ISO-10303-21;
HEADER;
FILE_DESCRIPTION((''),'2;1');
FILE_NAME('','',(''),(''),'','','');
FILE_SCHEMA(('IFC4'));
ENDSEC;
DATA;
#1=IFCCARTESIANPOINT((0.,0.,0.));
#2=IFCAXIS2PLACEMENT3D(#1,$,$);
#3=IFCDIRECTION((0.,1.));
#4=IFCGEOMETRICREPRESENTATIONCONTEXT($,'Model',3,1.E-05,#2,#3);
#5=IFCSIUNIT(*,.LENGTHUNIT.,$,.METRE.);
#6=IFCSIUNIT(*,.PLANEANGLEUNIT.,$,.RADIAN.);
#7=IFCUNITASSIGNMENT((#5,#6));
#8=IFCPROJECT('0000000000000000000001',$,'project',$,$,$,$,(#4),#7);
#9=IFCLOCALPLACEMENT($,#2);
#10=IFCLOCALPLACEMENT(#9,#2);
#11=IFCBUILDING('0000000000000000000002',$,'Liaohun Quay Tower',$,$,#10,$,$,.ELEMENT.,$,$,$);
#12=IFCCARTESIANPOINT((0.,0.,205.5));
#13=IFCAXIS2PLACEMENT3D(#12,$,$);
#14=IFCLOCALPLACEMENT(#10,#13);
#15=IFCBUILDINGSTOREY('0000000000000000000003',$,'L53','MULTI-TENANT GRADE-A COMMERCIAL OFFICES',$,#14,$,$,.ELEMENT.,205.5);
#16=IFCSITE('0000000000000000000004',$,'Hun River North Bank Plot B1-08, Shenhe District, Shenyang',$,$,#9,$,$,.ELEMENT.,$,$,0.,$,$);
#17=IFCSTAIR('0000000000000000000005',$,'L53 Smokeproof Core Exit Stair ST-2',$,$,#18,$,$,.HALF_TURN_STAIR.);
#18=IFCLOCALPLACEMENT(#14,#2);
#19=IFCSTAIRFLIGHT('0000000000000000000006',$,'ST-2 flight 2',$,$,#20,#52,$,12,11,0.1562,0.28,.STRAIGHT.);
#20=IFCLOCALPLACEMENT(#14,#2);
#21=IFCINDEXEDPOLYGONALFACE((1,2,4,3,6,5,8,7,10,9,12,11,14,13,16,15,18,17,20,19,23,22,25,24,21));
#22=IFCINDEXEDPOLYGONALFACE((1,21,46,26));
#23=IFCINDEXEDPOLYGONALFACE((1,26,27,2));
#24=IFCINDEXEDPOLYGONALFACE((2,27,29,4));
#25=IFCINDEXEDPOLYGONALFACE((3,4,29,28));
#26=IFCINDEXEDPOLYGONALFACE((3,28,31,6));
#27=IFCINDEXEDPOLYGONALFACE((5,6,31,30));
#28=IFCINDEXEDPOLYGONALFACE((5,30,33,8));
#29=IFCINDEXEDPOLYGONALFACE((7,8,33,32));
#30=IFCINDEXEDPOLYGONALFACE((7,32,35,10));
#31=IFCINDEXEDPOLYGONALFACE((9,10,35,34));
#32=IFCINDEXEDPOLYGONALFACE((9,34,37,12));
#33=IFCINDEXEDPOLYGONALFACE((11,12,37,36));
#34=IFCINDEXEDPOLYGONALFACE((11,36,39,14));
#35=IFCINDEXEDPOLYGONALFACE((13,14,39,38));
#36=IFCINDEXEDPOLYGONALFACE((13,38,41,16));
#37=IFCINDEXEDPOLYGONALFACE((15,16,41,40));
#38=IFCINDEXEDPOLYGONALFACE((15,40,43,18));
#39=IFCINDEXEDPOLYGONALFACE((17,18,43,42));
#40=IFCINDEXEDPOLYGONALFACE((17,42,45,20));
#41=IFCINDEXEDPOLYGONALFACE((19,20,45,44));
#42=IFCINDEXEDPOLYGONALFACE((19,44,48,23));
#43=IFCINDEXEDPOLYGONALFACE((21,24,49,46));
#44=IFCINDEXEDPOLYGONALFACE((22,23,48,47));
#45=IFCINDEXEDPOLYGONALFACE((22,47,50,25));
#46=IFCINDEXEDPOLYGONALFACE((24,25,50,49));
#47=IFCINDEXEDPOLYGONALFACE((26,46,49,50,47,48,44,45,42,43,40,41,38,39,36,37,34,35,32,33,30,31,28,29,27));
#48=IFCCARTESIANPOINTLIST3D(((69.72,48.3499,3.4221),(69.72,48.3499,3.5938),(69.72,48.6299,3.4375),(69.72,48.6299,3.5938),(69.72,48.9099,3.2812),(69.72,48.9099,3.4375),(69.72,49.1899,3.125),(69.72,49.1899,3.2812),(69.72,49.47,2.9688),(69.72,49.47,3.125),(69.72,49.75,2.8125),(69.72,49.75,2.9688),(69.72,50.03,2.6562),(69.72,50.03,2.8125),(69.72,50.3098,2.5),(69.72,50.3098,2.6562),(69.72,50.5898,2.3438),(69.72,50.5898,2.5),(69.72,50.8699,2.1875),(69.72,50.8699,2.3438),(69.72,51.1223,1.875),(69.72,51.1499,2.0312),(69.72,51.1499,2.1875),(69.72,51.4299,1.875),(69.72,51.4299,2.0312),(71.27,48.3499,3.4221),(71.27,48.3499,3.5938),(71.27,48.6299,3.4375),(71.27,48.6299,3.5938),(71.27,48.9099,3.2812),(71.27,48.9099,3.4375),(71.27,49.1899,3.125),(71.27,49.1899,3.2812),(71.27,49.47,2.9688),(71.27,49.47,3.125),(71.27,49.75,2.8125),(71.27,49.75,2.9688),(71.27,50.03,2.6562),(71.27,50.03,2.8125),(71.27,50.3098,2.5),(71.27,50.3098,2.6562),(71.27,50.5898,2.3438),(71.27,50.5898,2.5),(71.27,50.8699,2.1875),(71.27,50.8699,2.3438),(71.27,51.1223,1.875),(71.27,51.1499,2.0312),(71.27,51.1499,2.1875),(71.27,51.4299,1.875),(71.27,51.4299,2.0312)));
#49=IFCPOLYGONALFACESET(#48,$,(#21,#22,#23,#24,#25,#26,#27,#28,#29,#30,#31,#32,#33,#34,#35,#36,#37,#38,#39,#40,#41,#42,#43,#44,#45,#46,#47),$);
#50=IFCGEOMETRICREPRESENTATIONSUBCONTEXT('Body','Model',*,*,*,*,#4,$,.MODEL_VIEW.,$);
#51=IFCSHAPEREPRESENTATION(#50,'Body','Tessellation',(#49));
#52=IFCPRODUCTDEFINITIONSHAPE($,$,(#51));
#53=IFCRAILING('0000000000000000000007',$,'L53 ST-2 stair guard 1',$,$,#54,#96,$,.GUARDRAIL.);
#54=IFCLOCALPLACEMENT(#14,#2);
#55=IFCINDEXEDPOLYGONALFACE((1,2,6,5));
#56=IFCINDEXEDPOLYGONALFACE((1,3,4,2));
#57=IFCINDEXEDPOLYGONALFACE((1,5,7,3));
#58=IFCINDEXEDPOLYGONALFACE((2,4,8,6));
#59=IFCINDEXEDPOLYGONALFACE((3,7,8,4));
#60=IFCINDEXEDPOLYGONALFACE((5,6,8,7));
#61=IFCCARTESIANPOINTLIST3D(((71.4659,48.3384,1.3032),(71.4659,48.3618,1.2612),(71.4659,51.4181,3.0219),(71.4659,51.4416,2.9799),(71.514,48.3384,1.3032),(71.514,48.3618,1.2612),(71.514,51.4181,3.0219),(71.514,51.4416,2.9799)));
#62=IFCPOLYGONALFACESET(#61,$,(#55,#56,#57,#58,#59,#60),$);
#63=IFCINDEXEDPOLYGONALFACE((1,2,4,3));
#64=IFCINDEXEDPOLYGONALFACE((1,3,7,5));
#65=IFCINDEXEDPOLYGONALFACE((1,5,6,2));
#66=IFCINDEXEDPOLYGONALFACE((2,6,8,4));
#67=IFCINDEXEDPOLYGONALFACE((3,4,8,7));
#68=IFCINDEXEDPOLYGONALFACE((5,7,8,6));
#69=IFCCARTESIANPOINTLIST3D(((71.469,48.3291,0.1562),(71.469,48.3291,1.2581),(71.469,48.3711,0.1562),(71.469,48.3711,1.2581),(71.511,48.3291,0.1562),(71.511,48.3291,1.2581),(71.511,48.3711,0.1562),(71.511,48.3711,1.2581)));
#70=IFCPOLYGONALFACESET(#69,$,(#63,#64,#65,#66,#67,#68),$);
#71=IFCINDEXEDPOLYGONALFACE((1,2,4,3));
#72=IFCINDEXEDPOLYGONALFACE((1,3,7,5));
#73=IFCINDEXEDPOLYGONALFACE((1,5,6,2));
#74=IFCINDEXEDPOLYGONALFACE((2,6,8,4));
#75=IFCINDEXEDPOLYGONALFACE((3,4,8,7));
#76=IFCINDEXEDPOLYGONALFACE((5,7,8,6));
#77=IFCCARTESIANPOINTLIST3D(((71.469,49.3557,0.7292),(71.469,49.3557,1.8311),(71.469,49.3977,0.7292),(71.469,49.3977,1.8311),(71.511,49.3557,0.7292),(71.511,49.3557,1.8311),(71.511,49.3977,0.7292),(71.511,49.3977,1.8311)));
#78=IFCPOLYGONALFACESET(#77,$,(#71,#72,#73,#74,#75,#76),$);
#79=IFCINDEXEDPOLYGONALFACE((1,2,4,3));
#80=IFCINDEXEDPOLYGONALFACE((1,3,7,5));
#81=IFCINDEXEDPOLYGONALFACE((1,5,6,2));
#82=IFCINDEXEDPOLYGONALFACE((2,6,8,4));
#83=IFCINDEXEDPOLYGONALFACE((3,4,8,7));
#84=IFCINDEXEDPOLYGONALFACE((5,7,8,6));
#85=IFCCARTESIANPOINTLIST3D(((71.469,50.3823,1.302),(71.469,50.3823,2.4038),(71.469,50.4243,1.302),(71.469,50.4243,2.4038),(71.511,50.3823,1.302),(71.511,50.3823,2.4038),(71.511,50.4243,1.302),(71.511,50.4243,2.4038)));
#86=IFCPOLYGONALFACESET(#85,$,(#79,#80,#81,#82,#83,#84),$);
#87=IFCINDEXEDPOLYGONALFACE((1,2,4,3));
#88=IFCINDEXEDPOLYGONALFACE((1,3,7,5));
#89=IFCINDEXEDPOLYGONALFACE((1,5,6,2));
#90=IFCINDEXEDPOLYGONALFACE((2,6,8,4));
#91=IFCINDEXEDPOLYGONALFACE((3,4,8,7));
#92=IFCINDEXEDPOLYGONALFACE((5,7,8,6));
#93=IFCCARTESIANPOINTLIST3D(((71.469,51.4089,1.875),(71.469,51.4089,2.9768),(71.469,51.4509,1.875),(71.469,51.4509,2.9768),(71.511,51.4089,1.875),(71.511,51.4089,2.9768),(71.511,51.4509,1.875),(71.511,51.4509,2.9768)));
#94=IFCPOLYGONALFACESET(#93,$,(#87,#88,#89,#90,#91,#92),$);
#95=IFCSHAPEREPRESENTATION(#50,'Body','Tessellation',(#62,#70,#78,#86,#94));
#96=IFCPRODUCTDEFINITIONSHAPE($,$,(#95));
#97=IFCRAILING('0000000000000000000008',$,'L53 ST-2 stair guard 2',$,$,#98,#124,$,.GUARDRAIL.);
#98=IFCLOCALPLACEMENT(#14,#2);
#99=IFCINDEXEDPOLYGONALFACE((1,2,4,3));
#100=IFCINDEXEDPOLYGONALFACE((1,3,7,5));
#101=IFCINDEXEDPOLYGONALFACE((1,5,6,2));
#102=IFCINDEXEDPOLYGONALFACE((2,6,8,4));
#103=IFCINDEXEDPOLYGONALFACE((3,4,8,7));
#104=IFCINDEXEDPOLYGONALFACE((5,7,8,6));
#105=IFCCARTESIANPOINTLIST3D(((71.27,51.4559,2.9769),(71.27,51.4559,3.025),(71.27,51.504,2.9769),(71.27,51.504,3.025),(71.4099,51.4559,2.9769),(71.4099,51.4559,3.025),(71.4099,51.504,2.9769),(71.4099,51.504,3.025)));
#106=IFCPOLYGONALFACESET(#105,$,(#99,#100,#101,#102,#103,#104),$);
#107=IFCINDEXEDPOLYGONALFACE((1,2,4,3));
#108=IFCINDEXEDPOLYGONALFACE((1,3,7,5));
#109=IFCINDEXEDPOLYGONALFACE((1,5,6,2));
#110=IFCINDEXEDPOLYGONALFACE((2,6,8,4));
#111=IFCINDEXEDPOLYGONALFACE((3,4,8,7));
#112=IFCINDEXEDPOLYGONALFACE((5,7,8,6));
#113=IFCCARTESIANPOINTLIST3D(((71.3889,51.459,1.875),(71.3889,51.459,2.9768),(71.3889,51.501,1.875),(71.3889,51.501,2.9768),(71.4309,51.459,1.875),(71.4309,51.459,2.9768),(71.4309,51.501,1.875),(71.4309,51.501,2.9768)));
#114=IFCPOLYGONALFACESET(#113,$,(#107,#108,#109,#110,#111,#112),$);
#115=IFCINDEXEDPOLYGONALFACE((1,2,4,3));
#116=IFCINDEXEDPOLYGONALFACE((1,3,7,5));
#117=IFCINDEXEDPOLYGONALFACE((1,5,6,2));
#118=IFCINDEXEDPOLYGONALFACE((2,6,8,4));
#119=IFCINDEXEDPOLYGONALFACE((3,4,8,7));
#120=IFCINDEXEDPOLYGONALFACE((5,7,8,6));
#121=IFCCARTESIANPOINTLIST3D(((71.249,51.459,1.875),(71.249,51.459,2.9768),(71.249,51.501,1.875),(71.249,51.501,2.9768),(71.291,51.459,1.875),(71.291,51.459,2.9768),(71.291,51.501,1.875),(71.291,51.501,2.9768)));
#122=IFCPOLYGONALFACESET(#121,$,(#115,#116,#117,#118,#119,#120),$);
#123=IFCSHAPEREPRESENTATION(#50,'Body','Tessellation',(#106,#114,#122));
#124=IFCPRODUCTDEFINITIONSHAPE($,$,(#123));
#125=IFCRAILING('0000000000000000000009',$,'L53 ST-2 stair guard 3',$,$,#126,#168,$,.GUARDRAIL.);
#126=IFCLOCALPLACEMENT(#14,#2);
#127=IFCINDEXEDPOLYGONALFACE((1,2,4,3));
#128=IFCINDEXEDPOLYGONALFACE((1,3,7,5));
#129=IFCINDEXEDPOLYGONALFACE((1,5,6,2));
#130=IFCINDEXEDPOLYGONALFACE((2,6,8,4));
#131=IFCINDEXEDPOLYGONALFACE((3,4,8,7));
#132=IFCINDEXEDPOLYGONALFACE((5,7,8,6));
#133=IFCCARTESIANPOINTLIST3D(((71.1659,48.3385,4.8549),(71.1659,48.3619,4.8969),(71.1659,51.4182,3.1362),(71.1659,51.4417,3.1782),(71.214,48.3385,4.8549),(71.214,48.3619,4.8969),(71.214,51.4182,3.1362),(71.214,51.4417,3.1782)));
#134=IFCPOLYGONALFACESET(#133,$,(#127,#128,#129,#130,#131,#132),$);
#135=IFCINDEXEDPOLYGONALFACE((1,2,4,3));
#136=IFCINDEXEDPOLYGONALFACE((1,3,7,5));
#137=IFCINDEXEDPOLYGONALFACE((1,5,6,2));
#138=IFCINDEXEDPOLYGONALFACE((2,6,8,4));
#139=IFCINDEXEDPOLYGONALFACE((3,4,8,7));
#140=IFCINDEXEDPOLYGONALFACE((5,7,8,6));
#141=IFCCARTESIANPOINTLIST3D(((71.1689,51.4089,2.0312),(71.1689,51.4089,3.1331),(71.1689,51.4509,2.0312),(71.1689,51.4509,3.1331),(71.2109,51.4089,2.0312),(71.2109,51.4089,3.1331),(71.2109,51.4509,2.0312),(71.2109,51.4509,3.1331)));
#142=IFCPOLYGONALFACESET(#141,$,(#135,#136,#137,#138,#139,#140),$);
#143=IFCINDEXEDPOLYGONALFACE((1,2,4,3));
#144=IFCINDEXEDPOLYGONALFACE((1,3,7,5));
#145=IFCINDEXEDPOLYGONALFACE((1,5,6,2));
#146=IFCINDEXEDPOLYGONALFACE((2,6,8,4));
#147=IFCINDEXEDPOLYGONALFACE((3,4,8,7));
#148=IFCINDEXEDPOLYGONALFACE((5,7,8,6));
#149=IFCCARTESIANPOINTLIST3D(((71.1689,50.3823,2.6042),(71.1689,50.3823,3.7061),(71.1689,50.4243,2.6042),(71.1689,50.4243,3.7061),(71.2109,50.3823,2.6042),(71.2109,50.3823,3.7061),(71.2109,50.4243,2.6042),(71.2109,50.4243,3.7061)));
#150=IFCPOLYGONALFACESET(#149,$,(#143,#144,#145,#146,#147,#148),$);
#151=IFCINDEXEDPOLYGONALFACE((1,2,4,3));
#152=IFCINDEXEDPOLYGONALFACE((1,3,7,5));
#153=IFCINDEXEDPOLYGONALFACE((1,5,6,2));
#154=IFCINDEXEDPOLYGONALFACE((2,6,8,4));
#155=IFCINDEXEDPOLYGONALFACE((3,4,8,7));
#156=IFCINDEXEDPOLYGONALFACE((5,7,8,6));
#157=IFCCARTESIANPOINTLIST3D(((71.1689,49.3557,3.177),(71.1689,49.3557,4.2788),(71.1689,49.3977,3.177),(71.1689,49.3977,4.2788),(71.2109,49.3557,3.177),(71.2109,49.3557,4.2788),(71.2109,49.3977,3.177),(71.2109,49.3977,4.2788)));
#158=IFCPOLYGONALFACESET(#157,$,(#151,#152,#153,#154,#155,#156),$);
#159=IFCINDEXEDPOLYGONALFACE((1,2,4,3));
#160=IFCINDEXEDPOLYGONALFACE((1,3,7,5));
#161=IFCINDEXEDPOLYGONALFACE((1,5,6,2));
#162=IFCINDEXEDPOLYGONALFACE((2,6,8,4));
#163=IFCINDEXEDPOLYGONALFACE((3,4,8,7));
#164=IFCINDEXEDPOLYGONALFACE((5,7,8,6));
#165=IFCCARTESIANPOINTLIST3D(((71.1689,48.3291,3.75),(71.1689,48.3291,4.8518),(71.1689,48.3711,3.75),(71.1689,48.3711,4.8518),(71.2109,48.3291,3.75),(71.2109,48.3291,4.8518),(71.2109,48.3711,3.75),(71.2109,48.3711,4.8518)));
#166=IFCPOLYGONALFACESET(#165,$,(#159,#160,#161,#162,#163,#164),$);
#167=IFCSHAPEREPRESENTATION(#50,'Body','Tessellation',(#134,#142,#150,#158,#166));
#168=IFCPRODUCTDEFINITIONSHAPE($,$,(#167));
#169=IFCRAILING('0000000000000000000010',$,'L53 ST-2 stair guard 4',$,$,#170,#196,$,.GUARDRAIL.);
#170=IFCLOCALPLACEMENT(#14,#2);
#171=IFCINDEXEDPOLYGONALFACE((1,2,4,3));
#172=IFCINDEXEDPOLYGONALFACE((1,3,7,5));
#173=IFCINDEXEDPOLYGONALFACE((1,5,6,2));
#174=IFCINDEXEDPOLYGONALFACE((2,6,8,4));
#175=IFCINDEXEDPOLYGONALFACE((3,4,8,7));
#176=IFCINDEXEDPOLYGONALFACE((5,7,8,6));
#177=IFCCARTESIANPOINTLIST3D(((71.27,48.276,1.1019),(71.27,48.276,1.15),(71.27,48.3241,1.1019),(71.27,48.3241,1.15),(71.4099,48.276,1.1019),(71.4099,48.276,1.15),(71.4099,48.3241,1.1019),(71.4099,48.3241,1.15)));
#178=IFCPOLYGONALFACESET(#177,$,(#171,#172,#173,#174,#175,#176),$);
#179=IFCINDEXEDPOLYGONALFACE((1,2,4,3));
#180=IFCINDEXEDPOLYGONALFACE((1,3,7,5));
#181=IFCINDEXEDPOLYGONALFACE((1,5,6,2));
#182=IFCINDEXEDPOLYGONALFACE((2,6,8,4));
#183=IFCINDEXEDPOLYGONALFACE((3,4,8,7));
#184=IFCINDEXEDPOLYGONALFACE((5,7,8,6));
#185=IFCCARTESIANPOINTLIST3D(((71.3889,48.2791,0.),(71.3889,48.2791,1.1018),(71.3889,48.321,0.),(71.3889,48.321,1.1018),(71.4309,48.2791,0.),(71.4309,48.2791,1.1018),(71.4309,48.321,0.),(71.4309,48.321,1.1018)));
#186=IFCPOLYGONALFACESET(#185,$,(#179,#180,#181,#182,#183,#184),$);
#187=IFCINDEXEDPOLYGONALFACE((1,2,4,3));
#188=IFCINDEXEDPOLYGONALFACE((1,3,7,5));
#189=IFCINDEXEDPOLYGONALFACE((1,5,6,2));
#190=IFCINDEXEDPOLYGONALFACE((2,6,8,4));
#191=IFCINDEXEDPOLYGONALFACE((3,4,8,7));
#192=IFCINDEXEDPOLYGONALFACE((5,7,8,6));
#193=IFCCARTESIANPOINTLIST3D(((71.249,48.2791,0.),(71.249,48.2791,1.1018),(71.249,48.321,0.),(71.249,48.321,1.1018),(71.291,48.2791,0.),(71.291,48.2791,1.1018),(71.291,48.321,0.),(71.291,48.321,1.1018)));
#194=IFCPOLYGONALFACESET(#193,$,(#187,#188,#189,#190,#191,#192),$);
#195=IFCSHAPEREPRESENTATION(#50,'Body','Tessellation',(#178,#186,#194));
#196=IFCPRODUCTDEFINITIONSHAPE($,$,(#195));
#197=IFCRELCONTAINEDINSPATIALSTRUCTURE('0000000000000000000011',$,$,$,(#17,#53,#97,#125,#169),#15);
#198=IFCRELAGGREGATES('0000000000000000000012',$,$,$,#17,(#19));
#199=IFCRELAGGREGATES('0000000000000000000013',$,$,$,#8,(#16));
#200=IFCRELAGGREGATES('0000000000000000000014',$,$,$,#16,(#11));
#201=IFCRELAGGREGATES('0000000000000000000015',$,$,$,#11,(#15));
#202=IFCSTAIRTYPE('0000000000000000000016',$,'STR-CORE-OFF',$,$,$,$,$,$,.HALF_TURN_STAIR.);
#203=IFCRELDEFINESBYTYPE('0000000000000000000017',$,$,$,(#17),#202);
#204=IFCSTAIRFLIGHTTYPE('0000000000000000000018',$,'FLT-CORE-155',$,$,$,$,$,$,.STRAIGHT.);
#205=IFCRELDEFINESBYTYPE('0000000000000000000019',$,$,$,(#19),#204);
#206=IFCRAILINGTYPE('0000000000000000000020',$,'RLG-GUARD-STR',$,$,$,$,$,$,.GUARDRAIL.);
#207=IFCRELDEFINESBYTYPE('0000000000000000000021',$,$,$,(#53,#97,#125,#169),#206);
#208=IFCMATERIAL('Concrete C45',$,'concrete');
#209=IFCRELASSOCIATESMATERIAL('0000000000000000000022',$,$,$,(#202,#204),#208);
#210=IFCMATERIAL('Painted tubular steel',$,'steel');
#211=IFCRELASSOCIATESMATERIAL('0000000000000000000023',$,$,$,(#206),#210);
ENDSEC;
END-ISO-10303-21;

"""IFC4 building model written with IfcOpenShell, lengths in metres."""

from ifc_helpers import new_model, si_unit, direction, frame, origin, origin_2d, place, context, subcontext, project, spatial, polyline, rectangle, outline, extrude, material, type_object, element, aggregate, save


model = new_model("IFC4")

# Units and contexts
model_context = context("Model", 3, precision=1e-05, world=origin(), true_north=direction((0.0, 1.0)))
body_context = subcontext(model_context, "Body", "Model", "MODEL_VIEW")
ifc_project = project(units=[si_unit("LENGTHUNIT", "METRE"), si_unit("PLANEANGLEUNIT", "RADIAN")], contexts=[model_context])

# Site, building, storey
site_placement = place(None, origin())
site = spatial("IfcSite", under=ifc_project, at=site_placement, Name="Hun River North Bank Plot B1-08, Shenhe District, Shenyang", CompositionType="ELEMENT", RefElevation=0.0)
building_placement = place(site_placement, origin())
building = spatial("IfcBuilding", under=site, at=building_placement, Name="Liaohun Quay Tower", CompositionType="ELEMENT")
storey_placement = place(building_placement, frame((0.0, 0.0, 205.5)))
storey = spatial("IfcBuildingStorey", under=building, at=storey_placement, Name="L53", Description="MULTI-TENANT GRADE-A COMMERCIAL OFFICES", CompositionType="ELEMENT", Elevation=205.5)

# Stair, stair flight
ifc_material_1 = material(Name="Concrete C45", Category="concrete")
stair_type = type_object("IfcStairType", Name="STR-CORE-OFF", PredefinedType="HALF_TURN_STAIR", material=ifc_material_1)
stair_placement = place(storey_placement, origin())
stair = element("IfcStair", 1, at=stair_placement, inside=storey, type_object=stair_type, Name="L53 Smokeproof Core Exit Stair ST-2", PredefinedType="HALF_TURN_STAIR")
stair_flight_type = type_object("IfcStairFlightType", Name="FLT-CORE-155", PredefinedType="STRAIGHT", material=ifc_material_1)
stair_flight_1_placement = place(storey_placement, frame((70.4951, 51.4299, 1.875), z_axis=(0.0, 0.0, 1.0), x_axis=(0.0, -1.0, 0.0)))
stair_flight_1 = element("IfcStairFlight", 2, at=stair_flight_1_placement, type_object=stair_flight_type, Name="ST-2 flight 2", NumberOfRisers=12, NumberOfTreads=11, PredefinedType="STRAIGHT", RiserHeight=0.1562, TreadLength=0.28, context=body_context, shape_type="SweptSolid", body=[
    extrude(outline(polyline([(0.0, 0.0), (0.0, 0.1562), (0.28, 0.1562), (0.28, 0.3125), (0.5601, 0.3125), (0.5601, 0.4688), (0.8401, 0.4688), (0.8401, 0.625), (1.1201, 0.625), (1.1201, 0.7812), (1.3999, 0.7812), (1.3999, 0.9375), (1.6799, 0.9375), (1.6799, 1.0938), (1.96, 1.0938), (1.96, 1.25), (2.24, 1.25), (2.24, 1.4062), (2.52, 1.4062), (2.52, 1.5625), (2.8, 1.5625), (2.8, 1.7188), (3.0801, 1.7188), (3.0801, 1.875), (3.0801, 1.5471), (0.3076, 0.0), (0.0, 0.0)])), frame((0.0, 0.7749, 0.0), z_axis=(0.0, -1.0, 0.0), x_axis=(1.0, 0.0, 0.0)), (0.0, 0.0, 1.0), 1.55),
])
aggregate(stair, [stair_flight_1])

# Railings
ifc_material_2 = material(Name="Painted tubular steel", Category="steel")
railing_type_1 = type_object("IfcRailingType", Name="RLG-GUARD-STR", PredefinedType="GUARDRAIL", material=ifc_material_2)
railing_1_placement = place(storey_placement, frame((71.49, 48.3501, 0.1562)))
element("IfcRailing", 3, at=railing_1_placement, inside=storey, type_object=railing_type_1, Name="L53 ST-2 stair guard 1", PredefinedType="GUARDRAIL", context=body_context, shape_type="SweptSolid", body=[
    extrude(rectangle(XDim=0.0481, YDim=0.0481, at=origin_2d()), frame((0.0, 0.0, 1.126), z_axis=(0.0, 0.873225, 0.487317), x_axis=(-1.0, 0.0, 0.0)), (0.0, 0.0, 1.0), 3.5269),
    extrude(rectangle(XDim=0.042, YDim=0.042, at=origin_2d()), origin(), (0.0, 0.0, 1.0), 1.1018),
    extrude(rectangle(XDim=0.042, YDim=0.042, at=origin_2d()), frame((0.0, 1.0266, 0.573)), (0.0, 0.0, 1.0), 1.1018),
    extrude(rectangle(XDim=0.042, YDim=0.042, at=origin_2d()), frame((0.0, 2.0532, 1.1458)), (0.0, 0.0, 1.0), 1.1018),
    extrude(rectangle(XDim=0.042, YDim=0.042, at=origin_2d()), frame((0.0, 3.0798, 1.7188)), (0.0, 0.0, 1.0), 1.1018),
])
railing_2_placement = place(storey_placement, frame((71.4099, 51.48, 1.875)))
element("IfcRailing", 4, at=railing_2_placement, inside=storey, type_object=railing_type_1, Name="L53 ST-2 stair guard 2", PredefinedType="GUARDRAIL", context=body_context, shape_type="SweptSolid", body=[
    extrude(rectangle(XDim=0.0481, YDim=0.0481, at=origin_2d()), frame((0.0, 0.0, 1.126), z_axis=(-1.0, 0.0, 0.0), x_axis=(0.0, -1.0, 0.0)), (0.0, 0.0, 1.0), 0.1399),
    extrude(rectangle(XDim=0.042, YDim=0.042, at=origin_2d()), origin(), (0.0, 0.0, 1.0), 1.1018),
    extrude(rectangle(XDim=0.042, YDim=0.042, at=origin_2d()), frame((-0.1399, 0.0, 0.0)), (0.0, 0.0, 1.0), 1.1018),
])
railing_3_placement = place(storey_placement, frame((71.1899, 51.4299, 2.0312)))
element("IfcRailing", 5, at=railing_3_placement, inside=storey, type_object=railing_type_1, Name="L53 ST-2 stair guard 3", PredefinedType="GUARDRAIL", context=body_context, shape_type="SweptSolid", body=[
    extrude(rectangle(XDim=0.0481, YDim=0.0481, at=origin_2d()), frame((0.0, 0.0, 1.126), z_axis=(0.0, -0.873225, 0.487317), x_axis=(1.0, 0.0, 0.0)), (0.0, 0.0, 1.0), 3.5269),
    extrude(rectangle(XDim=0.042, YDim=0.042, at=origin_2d()), origin(), (0.0, 0.0, 1.0), 1.1018),
    extrude(rectangle(XDim=0.042, YDim=0.042, at=origin_2d()), frame((0.0, -1.0266, 0.573)), (0.0, 0.0, 1.0), 1.1018),
    extrude(rectangle(XDim=0.042, YDim=0.042, at=origin_2d()), frame((0.0, -2.0532, 1.1458)), (0.0, 0.0, 1.0), 1.1018),
    extrude(rectangle(XDim=0.042, YDim=0.042, at=origin_2d()), frame((0.0, -3.0798, 1.7188)), (0.0, 0.0, 1.0), 1.1018),
])
railing_4_placement = place(storey_placement, frame((71.4099, 48.3, 0.0)))
element("IfcRailing", 6, at=railing_4_placement, inside=storey, type_object=railing_type_1, Name="L53 ST-2 stair guard 4", PredefinedType="GUARDRAIL", context=body_context, shape_type="SweptSolid", body=[
    extrude(rectangle(XDim=0.0481, YDim=0.0481, at=origin_2d()), frame((0.0, 0.0, 1.126), z_axis=(-1.0, 0.0, 0.0), x_axis=(0.0, -1.0, 0.0)), (0.0, 0.0, 1.0), 0.1399),
    extrude(rectangle(XDim=0.042, YDim=0.042, at=origin_2d()), origin(), (0.0, 0.0, 1.0), 1.1018),
    extrude(rectangle(XDim=0.042, YDim=0.042, at=origin_2d()), frame((-0.1399, 0.0, 0.0)), (0.0, 0.0, 1.0), 1.1018),
])

save(model, "model.ifc")
